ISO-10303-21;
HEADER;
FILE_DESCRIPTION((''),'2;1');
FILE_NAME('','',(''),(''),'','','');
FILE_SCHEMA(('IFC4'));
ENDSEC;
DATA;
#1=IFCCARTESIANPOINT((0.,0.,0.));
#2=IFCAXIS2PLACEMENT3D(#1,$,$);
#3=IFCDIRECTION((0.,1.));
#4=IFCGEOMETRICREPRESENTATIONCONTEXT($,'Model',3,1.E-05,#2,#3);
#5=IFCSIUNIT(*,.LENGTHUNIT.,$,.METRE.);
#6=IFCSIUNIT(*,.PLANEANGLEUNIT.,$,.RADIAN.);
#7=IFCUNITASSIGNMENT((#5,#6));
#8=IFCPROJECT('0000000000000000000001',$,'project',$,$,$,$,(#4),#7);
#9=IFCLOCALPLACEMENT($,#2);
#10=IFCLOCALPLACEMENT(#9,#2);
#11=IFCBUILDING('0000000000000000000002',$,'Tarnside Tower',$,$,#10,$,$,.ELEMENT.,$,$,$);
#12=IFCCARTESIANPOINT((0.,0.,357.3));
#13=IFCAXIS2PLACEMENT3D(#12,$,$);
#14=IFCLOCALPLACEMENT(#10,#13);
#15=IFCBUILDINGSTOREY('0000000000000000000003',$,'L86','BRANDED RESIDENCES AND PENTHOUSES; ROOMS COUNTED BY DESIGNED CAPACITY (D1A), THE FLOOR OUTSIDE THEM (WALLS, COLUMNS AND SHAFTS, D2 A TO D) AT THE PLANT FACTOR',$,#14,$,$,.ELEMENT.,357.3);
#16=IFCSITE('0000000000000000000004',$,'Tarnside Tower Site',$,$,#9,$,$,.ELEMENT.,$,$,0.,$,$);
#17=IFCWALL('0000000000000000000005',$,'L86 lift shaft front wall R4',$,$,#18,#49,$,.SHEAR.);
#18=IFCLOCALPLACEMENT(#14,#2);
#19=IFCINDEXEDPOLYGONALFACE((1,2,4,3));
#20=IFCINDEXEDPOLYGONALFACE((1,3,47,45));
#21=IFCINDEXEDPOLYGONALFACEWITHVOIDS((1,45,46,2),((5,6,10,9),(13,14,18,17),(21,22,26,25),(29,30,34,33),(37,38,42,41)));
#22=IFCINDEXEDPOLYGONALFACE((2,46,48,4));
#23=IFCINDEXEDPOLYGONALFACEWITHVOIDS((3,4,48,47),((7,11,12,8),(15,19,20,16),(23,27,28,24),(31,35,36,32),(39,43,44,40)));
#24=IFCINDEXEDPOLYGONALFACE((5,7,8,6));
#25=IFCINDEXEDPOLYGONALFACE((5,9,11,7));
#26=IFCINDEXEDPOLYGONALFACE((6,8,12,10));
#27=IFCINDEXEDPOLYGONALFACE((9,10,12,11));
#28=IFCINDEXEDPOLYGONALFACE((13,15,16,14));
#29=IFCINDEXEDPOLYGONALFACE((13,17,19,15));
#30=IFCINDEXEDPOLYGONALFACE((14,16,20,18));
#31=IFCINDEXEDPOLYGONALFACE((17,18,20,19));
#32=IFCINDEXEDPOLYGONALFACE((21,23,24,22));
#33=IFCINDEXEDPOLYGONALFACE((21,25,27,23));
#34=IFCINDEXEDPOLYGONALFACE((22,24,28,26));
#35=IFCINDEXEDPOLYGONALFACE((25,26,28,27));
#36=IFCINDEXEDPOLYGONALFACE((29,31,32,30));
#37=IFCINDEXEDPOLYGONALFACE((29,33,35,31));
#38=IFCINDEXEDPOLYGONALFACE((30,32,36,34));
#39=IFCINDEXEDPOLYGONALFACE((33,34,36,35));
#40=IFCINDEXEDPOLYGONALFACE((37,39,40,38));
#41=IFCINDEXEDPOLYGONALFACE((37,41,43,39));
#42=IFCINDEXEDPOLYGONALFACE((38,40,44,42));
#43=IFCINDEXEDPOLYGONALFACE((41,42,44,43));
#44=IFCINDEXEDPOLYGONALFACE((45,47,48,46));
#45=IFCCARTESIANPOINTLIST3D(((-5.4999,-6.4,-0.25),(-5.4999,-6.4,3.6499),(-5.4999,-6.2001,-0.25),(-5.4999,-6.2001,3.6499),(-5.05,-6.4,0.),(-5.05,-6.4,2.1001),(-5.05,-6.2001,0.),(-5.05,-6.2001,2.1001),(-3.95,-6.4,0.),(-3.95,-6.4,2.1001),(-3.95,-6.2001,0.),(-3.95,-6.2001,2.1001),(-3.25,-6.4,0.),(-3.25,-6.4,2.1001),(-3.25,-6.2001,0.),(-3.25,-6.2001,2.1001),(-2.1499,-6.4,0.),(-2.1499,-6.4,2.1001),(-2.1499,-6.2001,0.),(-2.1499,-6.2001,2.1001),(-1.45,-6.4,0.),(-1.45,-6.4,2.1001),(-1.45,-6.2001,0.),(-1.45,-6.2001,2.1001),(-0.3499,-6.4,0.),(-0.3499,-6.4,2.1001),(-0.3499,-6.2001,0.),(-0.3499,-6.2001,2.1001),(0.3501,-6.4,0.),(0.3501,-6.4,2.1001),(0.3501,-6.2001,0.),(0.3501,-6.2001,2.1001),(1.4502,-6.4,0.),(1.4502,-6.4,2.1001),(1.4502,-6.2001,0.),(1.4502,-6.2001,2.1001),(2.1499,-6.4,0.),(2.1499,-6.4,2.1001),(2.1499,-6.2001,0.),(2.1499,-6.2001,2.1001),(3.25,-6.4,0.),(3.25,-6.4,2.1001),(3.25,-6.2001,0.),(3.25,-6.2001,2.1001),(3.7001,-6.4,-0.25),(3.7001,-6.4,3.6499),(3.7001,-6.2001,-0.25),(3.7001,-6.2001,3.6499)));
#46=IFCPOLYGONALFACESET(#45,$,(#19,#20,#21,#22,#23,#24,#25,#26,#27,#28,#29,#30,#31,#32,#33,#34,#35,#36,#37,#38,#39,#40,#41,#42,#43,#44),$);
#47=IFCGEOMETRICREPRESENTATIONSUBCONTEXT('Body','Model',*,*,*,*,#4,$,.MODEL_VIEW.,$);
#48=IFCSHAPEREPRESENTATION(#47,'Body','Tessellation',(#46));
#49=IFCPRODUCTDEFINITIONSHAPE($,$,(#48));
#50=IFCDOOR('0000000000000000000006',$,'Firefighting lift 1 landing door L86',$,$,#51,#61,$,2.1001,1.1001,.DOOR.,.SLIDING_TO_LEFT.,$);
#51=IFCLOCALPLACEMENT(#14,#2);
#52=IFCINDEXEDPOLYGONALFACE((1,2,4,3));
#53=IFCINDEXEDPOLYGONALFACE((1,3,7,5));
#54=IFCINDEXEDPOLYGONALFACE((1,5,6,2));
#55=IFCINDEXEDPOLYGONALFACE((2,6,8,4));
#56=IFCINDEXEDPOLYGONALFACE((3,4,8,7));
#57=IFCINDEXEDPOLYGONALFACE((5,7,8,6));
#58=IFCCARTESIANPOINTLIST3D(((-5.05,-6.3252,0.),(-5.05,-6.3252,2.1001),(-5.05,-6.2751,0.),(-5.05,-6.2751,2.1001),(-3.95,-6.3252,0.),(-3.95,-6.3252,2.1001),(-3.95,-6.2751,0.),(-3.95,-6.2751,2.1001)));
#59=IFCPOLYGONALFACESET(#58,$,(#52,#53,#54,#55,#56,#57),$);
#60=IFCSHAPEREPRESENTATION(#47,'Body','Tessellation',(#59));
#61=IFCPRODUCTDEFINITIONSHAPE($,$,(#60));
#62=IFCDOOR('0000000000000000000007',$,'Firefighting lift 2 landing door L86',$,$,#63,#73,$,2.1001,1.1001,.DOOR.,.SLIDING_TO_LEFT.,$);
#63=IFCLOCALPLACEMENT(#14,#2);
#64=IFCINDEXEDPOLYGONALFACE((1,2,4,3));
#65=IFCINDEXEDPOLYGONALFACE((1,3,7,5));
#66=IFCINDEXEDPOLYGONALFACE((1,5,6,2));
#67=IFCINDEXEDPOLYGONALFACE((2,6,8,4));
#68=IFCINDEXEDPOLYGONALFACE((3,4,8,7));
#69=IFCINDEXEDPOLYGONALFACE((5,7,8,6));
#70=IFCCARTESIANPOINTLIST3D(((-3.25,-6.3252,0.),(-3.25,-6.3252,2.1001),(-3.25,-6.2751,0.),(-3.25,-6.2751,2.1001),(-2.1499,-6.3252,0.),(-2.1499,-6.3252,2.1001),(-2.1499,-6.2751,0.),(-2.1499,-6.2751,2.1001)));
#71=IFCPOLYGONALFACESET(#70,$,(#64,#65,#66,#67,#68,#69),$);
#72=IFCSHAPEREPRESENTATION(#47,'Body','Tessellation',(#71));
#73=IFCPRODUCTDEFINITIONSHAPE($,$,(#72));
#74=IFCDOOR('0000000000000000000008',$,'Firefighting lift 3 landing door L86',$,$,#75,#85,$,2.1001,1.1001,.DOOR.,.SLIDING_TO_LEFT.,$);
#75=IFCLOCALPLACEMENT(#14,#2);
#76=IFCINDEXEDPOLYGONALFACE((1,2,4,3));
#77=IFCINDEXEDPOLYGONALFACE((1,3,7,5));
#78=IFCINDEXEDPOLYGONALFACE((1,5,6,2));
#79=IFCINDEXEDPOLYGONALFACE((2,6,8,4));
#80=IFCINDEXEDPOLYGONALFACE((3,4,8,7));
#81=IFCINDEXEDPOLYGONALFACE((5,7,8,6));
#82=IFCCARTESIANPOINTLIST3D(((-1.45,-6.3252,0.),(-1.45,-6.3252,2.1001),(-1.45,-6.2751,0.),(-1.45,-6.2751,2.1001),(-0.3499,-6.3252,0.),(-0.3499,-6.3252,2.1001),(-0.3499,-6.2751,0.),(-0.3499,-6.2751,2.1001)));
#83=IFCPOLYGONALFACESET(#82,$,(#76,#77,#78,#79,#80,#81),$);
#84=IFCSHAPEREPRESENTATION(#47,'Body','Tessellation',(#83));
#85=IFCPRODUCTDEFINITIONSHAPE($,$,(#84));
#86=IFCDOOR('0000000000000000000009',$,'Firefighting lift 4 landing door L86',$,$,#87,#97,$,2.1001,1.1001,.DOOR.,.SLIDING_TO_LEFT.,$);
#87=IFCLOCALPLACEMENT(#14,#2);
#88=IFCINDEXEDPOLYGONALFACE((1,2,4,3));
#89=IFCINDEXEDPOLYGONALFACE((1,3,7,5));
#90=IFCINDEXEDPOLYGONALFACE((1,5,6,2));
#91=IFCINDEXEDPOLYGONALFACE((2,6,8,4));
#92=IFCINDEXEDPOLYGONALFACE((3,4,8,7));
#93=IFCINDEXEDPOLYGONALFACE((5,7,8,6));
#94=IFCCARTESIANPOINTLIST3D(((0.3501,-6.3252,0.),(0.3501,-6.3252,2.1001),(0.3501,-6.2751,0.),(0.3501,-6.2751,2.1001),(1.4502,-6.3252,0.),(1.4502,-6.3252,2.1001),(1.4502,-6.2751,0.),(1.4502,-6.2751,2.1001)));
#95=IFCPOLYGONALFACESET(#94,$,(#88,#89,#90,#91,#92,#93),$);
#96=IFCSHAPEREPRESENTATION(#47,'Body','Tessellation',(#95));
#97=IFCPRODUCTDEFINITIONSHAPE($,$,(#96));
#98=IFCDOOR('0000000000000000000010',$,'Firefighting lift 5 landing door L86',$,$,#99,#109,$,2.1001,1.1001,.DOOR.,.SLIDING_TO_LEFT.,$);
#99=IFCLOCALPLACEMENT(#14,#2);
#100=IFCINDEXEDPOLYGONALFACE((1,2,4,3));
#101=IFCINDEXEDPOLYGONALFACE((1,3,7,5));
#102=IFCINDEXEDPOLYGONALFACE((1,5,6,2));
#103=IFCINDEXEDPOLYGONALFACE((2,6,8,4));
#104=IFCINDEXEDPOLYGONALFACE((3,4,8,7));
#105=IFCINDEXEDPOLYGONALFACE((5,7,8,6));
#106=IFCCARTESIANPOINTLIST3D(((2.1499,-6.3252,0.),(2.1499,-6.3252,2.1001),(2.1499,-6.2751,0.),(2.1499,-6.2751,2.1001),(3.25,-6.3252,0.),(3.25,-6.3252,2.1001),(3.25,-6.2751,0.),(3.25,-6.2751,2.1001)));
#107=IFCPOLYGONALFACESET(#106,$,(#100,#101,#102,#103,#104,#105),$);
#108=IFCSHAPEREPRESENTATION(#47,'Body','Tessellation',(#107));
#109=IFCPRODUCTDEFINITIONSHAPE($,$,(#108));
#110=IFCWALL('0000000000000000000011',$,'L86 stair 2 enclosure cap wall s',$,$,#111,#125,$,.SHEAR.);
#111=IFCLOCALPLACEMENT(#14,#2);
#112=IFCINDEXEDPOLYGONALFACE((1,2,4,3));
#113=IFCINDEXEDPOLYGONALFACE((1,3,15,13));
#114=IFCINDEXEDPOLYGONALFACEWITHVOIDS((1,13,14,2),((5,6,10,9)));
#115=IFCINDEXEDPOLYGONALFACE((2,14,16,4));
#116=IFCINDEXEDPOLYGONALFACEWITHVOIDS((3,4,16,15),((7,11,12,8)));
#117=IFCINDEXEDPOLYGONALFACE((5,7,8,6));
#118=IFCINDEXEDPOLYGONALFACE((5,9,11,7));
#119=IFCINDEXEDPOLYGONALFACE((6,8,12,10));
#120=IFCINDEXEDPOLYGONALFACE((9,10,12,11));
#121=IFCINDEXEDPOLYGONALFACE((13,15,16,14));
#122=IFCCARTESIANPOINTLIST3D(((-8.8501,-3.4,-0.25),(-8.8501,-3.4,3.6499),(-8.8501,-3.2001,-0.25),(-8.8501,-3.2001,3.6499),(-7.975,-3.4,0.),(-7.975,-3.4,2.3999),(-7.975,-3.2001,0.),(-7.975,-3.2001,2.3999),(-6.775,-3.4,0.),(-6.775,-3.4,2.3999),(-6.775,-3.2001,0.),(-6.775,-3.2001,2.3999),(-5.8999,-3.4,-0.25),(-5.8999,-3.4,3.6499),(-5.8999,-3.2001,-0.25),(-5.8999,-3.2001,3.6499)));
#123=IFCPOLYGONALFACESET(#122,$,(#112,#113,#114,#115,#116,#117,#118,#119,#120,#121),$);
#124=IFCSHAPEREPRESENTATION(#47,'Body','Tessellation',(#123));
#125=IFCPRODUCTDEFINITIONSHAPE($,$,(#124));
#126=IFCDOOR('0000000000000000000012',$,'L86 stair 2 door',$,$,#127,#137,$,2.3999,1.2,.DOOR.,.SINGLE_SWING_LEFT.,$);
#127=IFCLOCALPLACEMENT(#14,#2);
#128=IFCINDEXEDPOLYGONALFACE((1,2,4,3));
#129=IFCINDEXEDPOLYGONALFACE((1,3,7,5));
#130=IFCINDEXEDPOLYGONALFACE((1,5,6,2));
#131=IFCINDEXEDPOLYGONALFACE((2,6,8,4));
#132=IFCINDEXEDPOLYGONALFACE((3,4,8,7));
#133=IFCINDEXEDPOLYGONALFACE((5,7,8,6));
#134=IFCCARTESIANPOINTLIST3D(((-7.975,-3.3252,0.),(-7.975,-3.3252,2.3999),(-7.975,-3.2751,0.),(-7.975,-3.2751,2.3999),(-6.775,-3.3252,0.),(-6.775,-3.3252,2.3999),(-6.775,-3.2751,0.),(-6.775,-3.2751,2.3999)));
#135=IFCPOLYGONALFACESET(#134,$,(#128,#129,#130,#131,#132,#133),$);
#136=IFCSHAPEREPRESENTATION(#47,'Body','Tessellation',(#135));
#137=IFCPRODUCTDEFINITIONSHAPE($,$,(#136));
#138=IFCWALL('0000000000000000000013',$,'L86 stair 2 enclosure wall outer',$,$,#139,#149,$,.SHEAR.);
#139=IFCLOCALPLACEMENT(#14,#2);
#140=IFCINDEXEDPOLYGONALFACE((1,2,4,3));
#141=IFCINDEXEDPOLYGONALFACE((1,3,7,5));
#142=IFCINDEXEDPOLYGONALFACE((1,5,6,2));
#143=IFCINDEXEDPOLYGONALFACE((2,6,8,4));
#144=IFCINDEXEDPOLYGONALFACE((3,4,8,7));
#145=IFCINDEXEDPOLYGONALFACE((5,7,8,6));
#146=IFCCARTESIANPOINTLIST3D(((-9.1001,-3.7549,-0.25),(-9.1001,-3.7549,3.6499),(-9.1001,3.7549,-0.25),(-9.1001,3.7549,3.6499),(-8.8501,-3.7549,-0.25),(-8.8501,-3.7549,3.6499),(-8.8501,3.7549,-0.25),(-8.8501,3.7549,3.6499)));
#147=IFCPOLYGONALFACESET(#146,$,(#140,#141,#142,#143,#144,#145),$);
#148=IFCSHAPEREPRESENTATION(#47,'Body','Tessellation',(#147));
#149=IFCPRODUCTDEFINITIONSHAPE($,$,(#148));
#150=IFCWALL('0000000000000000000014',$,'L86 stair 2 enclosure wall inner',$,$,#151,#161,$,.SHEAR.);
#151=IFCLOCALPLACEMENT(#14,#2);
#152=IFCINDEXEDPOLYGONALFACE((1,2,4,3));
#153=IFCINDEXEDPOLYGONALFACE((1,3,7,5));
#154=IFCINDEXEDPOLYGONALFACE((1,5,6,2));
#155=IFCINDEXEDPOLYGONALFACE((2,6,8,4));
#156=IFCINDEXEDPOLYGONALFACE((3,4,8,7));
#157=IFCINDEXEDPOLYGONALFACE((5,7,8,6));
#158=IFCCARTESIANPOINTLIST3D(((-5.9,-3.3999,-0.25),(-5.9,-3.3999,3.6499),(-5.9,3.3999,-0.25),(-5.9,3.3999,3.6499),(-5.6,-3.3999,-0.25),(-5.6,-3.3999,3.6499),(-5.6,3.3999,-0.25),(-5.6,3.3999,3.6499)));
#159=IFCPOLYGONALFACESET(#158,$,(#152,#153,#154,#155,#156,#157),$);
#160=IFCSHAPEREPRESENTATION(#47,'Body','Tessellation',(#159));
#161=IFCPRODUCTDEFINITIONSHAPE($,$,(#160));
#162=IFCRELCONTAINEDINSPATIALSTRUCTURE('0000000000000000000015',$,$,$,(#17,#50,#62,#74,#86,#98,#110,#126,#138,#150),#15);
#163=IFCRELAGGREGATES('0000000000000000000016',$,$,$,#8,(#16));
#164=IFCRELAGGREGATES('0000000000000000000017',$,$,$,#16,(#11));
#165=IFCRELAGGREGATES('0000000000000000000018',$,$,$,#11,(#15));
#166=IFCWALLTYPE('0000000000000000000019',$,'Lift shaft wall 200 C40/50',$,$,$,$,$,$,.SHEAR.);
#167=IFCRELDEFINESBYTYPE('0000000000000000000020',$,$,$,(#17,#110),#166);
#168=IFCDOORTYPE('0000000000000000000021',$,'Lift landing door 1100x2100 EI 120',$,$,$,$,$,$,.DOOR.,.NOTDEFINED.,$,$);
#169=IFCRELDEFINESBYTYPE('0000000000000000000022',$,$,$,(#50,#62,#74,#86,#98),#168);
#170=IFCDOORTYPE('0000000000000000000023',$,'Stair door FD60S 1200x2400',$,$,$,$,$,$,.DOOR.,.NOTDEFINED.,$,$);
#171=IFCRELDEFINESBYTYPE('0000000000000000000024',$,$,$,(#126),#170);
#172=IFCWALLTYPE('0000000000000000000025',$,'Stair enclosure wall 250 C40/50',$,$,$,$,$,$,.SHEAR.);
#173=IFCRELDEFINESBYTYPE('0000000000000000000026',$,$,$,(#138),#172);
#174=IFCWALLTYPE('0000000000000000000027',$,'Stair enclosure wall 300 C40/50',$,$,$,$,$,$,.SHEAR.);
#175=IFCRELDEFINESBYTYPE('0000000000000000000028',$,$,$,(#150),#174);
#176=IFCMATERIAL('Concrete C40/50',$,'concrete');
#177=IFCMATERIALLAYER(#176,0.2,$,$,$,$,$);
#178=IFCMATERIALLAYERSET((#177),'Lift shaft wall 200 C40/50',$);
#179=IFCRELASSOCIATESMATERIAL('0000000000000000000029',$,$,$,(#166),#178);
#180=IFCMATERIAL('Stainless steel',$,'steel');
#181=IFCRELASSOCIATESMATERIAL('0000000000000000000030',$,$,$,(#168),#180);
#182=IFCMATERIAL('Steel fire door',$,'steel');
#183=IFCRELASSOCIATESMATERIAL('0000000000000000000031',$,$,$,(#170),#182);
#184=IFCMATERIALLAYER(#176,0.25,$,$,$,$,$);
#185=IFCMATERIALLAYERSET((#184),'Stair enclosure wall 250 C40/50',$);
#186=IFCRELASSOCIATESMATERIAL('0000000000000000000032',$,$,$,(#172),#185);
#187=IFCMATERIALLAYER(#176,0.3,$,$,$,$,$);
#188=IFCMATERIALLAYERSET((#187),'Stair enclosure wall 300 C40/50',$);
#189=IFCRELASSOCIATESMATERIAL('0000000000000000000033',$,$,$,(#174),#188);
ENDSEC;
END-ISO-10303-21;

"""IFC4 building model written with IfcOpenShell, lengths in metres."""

from ifc_helpers import new_model, si_unit, direction, frame, frame_2d, origin, place, context, subcontext, project, spatial, rectangle, extrude, material, layer, layer_set, type_object, element, fill, save


model = new_model("IFC4")

# Units and contexts
model_context = context("Model", 3, precision=1e-05, world=origin(), true_north=direction((0.0, 1.0)))
body_context = subcontext(model_context, "Body", "Model", "MODEL_VIEW")
ifc_project = project(units=[si_unit("LENGTHUNIT", "METRE"), si_unit("PLANEANGLEUNIT", "RADIAN")], contexts=[model_context])

# Site, building, storey
site_placement = place(None, origin())
site = spatial("IfcSite", under=ifc_project, at=site_placement, Name="Tarnside Tower Site", CompositionType="ELEMENT", RefElevation=0.0)
building_placement = place(site_placement, origin())
building = spatial("IfcBuilding", under=site, at=building_placement, Name="Tarnside Tower", CompositionType="ELEMENT")
storey_placement = place(building_placement, frame((0.0, 0.0, 357.3)))
storey = spatial("IfcBuildingStorey", under=building, at=storey_placement, Name="L86", Description="BRANDED RESIDENCES AND PENTHOUSES; ROOMS COUNTED BY DESIGNED CAPACITY (D1A), THE FLOOR OUTSIDE THEM (WALLS, COLUMNS AND SHAFTS, D2 A TO D) AT THE PLANT FACTOR", CompositionType="ELEMENT", Elevation=357.3)

# Shared definitions
ifc_material_1 = material(Name="Concrete C40/50", Category="concrete")
ifc_material_2 = material(Name="Steel fire door", Category="steel")

# Shared definitions
ifc_layer_1 = layer(ifc_material_1, 0.2)
ifc_layer_set_1 = layer_set([ifc_layer_1], Name="Lift shaft wall 200 C40/50")
wall_type_1 = type_object("IfcWallType", Name="Lift shaft wall 200 C40/50", PredefinedType="SHEAR", material=ifc_layer_set_1)

# Wall, openings, doors
wall_1_placement = place(storey_placement, frame((-5.5, -6.3, -0.25), z_axis=(0.0, 0.0, 1.0), x_axis=(1.0, 0.0, 0.0)))
wall_1 = element("IfcWall", 1, at=wall_1_placement, inside=storey, type_object=wall_type_1, Name="L86 lift shaft front wall R4", PredefinedType="SHEAR", context=body_context, shape_type="SweptSolid", body=[
    extrude(rectangle(XDim=9.2, YDim=0.2, at=frame_2d((4.6001, 0.0))), origin(), (0.0, 0.0, 1.0), 3.8999),
])
opening_1_placement = place(wall_1_placement, frame((0.45, 0.0, 0.25)))
opening_1 = element("IfcOpeningElement", 2, at=opening_1_placement, cuts=wall_1, PredefinedType="OPENING", context=body_context, shape_type="SweptSolid", body=[
    extrude(rectangle(XDim=1.1001, YDim=2.1001, at=frame_2d((0.55, 1.05))), frame((0.0, 0.1099, 0.0), z_axis=(0.0, -1.0, 0.0), x_axis=(1.0, 0.0, 0.0)), (0.0, 0.0, 1.0), 0.22),
])
opening_2_placement = place(wall_1_placement, frame((2.25, 0.0, 0.25)))
opening_2 = element("IfcOpeningElement", 3, at=opening_2_placement, cuts=wall_1, PredefinedType="OPENING", context=body_context, shape_type="SweptSolid", body=[
    extrude(rectangle(XDim=1.1001, YDim=2.1001, at=frame_2d((0.55, 1.05))), frame((0.0, 0.1099, 0.0), z_axis=(0.0, -1.0, 0.0), x_axis=(1.0, 0.0, 0.0)), (0.0, 0.0, 1.0), 0.22),
])
opening_3_placement = place(wall_1_placement, frame((4.05, 0.0, 0.25)))
opening_3 = element("IfcOpeningElement", 4, at=opening_3_placement, cuts=wall_1, PredefinedType="OPENING", context=body_context, shape_type="SweptSolid", body=[
    extrude(rectangle(XDim=1.1001, YDim=2.1001, at=frame_2d((0.55, 1.05))), frame((0.0, 0.1099, 0.0), z_axis=(0.0, -1.0, 0.0), x_axis=(1.0, 0.0, 0.0)), (0.0, 0.0, 1.0), 0.22),
])
opening_4_placement = place(wall_1_placement, frame((5.8501, 0.0, 0.25)))
opening_4 = element("IfcOpeningElement", 5, at=opening_4_placement, cuts=wall_1, PredefinedType="OPENING", context=body_context, shape_type="SweptSolid", body=[
    extrude(rectangle(XDim=1.1001, YDim=2.1001, at=frame_2d((0.55, 1.05))), frame((0.0, 0.1099, 0.0), z_axis=(0.0, -1.0, 0.0), x_axis=(1.0, 0.0, 0.0)), (0.0, 0.0, 1.0), 0.22),
])
opening_5_placement = place(wall_1_placement, frame((7.6499, 0.0, 0.25)))
opening_5 = element("IfcOpeningElement", 6, at=opening_5_placement, cuts=wall_1, PredefinedType="OPENING", context=body_context, shape_type="SweptSolid", body=[
    extrude(rectangle(XDim=1.1001, YDim=2.1001, at=frame_2d((0.55, 1.05))), frame((0.0, 0.1099, 0.0), z_axis=(0.0, -1.0, 0.0), x_axis=(1.0, 0.0, 0.0)), (0.0, 0.0, 1.0), 0.22),
])
ifc_material_3 = material(Name="Stainless steel", Category="steel")
door_type_1 = type_object("IfcDoorType", Name="Lift landing door 1100x2100 EI 120", OperationType="NOTDEFINED", PredefinedType="DOOR", material=ifc_material_3)
door_1_placement = place(opening_1_placement, origin())
door_1 = element("IfcDoor", 7, at=door_1_placement, inside=storey, type_object=door_type_1, Name="Firefighting lift 1 landing door L86", OperationType="SLIDING_TO_LEFT", OverallHeight=2.1001, OverallWidth=1.1001, PredefinedType="DOOR", context=body_context, shape_type="SweptSolid", body=[
    extrude(rectangle(XDim=1.1001, YDim=2.1001, at=frame_2d((0.55, 1.05))), frame((0.0, 0.0249, 0.0), z_axis=(0.0, -1.0, 0.0), x_axis=(1.0, 0.0, 0.0)), (0.0, 0.0, 1.0), 0.05),
])
fill(opening_1, door_1)
door_2_placement = place(opening_2_placement, origin())
door_2 = element("IfcDoor", 8, at=door_2_placement, inside=storey, type_object=door_type_1, Name="Firefighting lift 2 landing door L86", OperationType="SLIDING_TO_LEFT", OverallHeight=2.1001, OverallWidth=1.1001, PredefinedType="DOOR", context=body_context, shape_type="SweptSolid", body=[
    extrude(rectangle(XDim=1.1001, YDim=2.1001, at=frame_2d((0.55, 1.05))), frame((0.0, 0.0249, 0.0), z_axis=(0.0, -1.0, 0.0), x_axis=(1.0, 0.0, 0.0)), (0.0, 0.0, 1.0), 0.05),
])
fill(opening_2, door_2)
door_3_placement = place(opening_3_placement, origin())
door_3 = element("IfcDoor", 9, at=door_3_placement, inside=storey, type_object=door_type_1, Name="Firefighting lift 3 landing door L86", OperationType="SLIDING_TO_LEFT", OverallHeight=2.1001, OverallWidth=1.1001, PredefinedType="DOOR", context=body_context, shape_type="SweptSolid", body=[
    extrude(rectangle(XDim=1.1001, YDim=2.1001, at=frame_2d((0.55, 1.05))), frame((0.0, 0.0249, 0.0), z_axis=(0.0, -1.0, 0.0), x_axis=(1.0, 0.0, 0.0)), (0.0, 0.0, 1.0), 0.05),
])
fill(opening_3, door_3)
door_4_placement = place(opening_4_placement, origin())
door_4 = element("IfcDoor", 10, at=door_4_placement, inside=storey, type_object=door_type_1, Name="Firefighting lift 4 landing door L86", OperationType="SLIDING_TO_LEFT", OverallHeight=2.1001, OverallWidth=1.1001, PredefinedType="DOOR", context=body_context, shape_type="SweptSolid", body=[
    extrude(rectangle(XDim=1.1001, YDim=2.1001, at=frame_2d((0.55, 1.05))), frame((0.0, 0.0249, 0.0), z_axis=(0.0, -1.0, 0.0), x_axis=(1.0, 0.0, 0.0)), (0.0, 0.0, 1.0), 0.05),
])
fill(opening_4, door_4)
door_5_placement = place(opening_5_placement, origin())
door_5 = element("IfcDoor", 11, at=door_5_placement, inside=storey, type_object=door_type_1, Name="Firefighting lift 5 landing door L86", OperationType="SLIDING_TO_LEFT", OverallHeight=2.1001, OverallWidth=1.1001, PredefinedType="DOOR", context=body_context, shape_type="SweptSolid", body=[
    extrude(rectangle(XDim=1.1001, YDim=2.1001, at=frame_2d((0.55, 1.05))), frame((0.0, 0.0249, 0.0), z_axis=(0.0, -1.0, 0.0), x_axis=(1.0, 0.0, 0.0)), (0.0, 0.0, 1.0), 0.05),
])
fill(opening_5, door_5)

# Wall, opening, door
wall_2_placement = place(storey_placement, frame((-8.8501, -3.3, -0.25), z_axis=(0.0, 0.0, 1.0), x_axis=(1.0, 0.0, 0.0)))
wall_2 = element("IfcWall", 12, at=wall_2_placement, inside=storey, type_object=wall_type_1, Name="L86 stair 2 enclosure cap wall s", PredefinedType="SHEAR", context=body_context, shape_type="SweptSolid", body=[
    extrude(rectangle(XDim=2.9502, YDim=0.2, at=frame_2d((1.4751, 0.0))), origin(), (0.0, 0.0, 1.0), 3.8999),
])
opening_6_placement = place(wall_2_placement, frame((0.875, 0.0, 0.25)))
opening_6 = element("IfcOpeningElement", 13, at=opening_6_placement, cuts=wall_2, PredefinedType="OPENING", context=body_context, shape_type="SweptSolid", body=[
    extrude(rectangle(XDim=1.2, YDim=2.3999, at=frame_2d((0.6001, 1.2))), frame((0.0, 0.1099, 0.0), z_axis=(0.0, -1.0, 0.0), x_axis=(1.0, 0.0, 0.0)), (0.0, 0.0, 1.0), 0.22),
])
door_type_2 = type_object("IfcDoorType", Name="Stair door FD60S 1200x2400", OperationType="NOTDEFINED", PredefinedType="DOOR", material=ifc_material_2)
door_6_placement = place(opening_6_placement, origin())
door_6 = element("IfcDoor", 14, at=door_6_placement, inside=storey, type_object=door_type_2, Name="L86 stair 2 door", OperationType="SINGLE_SWING_LEFT", OverallHeight=2.3999, OverallWidth=1.2, PredefinedType="DOOR", context=body_context, shape_type="SweptSolid", body=[
    extrude(rectangle(XDim=1.2, YDim=2.3999, at=frame_2d((0.6001, 1.2))), frame((0.0, 0.0249, 0.0), z_axis=(0.0, -1.0, 0.0), x_axis=(1.0, 0.0, 0.0)), (0.0, 0.0, 1.0), 0.05),
])
fill(opening_6, door_6)

# Walls
ifc_layer_2 = layer(ifc_material_1, 0.25)
ifc_layer_set_2 = layer_set([ifc_layer_2], Name="Stair enclosure wall 250 C40/50")
wall_type_2 = type_object("IfcWallType", Name="Stair enclosure wall 250 C40/50", PredefinedType="SHEAR", material=ifc_layer_set_2)
wall_3_placement = place(storey_placement, frame((-8.9751, -3.7549, -0.25), z_axis=(0.0, 0.0, 1.0), x_axis=(0.0, 1.0, 0.0)))
element("IfcWall", 15, at=wall_3_placement, inside=storey, type_object=wall_type_2, Name="L86 stair 2 enclosure wall outer", PredefinedType="SHEAR", context=body_context, shape_type="SweptSolid", body=[
    extrude(rectangle(XDim=7.5098, YDim=0.25, at=frame_2d((3.7549, 0.0))), origin(), (0.0, 0.0, 1.0), 3.8999),
])
ifc_layer_3 = layer(ifc_material_1, 0.3)
ifc_layer_set_3 = layer_set([ifc_layer_3], Name="Stair enclosure wall 300 C40/50")
wall_type_3 = type_object("IfcWallType", Name="Stair enclosure wall 300 C40/50", PredefinedType="SHEAR", material=ifc_layer_set_3)
wall_4_placement = place(storey_placement, frame((-5.75, -3.3999, -0.25), z_axis=(0.0, 0.0, 1.0), x_axis=(0.0, 1.0, 0.0)))
element("IfcWall", 16, at=wall_4_placement, inside=storey, type_object=wall_type_3, Name="L86 stair 2 enclosure wall inner", PredefinedType="SHEAR", context=body_context, shape_type="SweptSolid", body=[
    extrude(rectangle(XDim=6.7998, YDim=0.3, at=frame_2d((3.3999, 0.0))), origin(), (0.0, 0.0, 1.0), 3.8999),
])

save(model, "model.ifc")
